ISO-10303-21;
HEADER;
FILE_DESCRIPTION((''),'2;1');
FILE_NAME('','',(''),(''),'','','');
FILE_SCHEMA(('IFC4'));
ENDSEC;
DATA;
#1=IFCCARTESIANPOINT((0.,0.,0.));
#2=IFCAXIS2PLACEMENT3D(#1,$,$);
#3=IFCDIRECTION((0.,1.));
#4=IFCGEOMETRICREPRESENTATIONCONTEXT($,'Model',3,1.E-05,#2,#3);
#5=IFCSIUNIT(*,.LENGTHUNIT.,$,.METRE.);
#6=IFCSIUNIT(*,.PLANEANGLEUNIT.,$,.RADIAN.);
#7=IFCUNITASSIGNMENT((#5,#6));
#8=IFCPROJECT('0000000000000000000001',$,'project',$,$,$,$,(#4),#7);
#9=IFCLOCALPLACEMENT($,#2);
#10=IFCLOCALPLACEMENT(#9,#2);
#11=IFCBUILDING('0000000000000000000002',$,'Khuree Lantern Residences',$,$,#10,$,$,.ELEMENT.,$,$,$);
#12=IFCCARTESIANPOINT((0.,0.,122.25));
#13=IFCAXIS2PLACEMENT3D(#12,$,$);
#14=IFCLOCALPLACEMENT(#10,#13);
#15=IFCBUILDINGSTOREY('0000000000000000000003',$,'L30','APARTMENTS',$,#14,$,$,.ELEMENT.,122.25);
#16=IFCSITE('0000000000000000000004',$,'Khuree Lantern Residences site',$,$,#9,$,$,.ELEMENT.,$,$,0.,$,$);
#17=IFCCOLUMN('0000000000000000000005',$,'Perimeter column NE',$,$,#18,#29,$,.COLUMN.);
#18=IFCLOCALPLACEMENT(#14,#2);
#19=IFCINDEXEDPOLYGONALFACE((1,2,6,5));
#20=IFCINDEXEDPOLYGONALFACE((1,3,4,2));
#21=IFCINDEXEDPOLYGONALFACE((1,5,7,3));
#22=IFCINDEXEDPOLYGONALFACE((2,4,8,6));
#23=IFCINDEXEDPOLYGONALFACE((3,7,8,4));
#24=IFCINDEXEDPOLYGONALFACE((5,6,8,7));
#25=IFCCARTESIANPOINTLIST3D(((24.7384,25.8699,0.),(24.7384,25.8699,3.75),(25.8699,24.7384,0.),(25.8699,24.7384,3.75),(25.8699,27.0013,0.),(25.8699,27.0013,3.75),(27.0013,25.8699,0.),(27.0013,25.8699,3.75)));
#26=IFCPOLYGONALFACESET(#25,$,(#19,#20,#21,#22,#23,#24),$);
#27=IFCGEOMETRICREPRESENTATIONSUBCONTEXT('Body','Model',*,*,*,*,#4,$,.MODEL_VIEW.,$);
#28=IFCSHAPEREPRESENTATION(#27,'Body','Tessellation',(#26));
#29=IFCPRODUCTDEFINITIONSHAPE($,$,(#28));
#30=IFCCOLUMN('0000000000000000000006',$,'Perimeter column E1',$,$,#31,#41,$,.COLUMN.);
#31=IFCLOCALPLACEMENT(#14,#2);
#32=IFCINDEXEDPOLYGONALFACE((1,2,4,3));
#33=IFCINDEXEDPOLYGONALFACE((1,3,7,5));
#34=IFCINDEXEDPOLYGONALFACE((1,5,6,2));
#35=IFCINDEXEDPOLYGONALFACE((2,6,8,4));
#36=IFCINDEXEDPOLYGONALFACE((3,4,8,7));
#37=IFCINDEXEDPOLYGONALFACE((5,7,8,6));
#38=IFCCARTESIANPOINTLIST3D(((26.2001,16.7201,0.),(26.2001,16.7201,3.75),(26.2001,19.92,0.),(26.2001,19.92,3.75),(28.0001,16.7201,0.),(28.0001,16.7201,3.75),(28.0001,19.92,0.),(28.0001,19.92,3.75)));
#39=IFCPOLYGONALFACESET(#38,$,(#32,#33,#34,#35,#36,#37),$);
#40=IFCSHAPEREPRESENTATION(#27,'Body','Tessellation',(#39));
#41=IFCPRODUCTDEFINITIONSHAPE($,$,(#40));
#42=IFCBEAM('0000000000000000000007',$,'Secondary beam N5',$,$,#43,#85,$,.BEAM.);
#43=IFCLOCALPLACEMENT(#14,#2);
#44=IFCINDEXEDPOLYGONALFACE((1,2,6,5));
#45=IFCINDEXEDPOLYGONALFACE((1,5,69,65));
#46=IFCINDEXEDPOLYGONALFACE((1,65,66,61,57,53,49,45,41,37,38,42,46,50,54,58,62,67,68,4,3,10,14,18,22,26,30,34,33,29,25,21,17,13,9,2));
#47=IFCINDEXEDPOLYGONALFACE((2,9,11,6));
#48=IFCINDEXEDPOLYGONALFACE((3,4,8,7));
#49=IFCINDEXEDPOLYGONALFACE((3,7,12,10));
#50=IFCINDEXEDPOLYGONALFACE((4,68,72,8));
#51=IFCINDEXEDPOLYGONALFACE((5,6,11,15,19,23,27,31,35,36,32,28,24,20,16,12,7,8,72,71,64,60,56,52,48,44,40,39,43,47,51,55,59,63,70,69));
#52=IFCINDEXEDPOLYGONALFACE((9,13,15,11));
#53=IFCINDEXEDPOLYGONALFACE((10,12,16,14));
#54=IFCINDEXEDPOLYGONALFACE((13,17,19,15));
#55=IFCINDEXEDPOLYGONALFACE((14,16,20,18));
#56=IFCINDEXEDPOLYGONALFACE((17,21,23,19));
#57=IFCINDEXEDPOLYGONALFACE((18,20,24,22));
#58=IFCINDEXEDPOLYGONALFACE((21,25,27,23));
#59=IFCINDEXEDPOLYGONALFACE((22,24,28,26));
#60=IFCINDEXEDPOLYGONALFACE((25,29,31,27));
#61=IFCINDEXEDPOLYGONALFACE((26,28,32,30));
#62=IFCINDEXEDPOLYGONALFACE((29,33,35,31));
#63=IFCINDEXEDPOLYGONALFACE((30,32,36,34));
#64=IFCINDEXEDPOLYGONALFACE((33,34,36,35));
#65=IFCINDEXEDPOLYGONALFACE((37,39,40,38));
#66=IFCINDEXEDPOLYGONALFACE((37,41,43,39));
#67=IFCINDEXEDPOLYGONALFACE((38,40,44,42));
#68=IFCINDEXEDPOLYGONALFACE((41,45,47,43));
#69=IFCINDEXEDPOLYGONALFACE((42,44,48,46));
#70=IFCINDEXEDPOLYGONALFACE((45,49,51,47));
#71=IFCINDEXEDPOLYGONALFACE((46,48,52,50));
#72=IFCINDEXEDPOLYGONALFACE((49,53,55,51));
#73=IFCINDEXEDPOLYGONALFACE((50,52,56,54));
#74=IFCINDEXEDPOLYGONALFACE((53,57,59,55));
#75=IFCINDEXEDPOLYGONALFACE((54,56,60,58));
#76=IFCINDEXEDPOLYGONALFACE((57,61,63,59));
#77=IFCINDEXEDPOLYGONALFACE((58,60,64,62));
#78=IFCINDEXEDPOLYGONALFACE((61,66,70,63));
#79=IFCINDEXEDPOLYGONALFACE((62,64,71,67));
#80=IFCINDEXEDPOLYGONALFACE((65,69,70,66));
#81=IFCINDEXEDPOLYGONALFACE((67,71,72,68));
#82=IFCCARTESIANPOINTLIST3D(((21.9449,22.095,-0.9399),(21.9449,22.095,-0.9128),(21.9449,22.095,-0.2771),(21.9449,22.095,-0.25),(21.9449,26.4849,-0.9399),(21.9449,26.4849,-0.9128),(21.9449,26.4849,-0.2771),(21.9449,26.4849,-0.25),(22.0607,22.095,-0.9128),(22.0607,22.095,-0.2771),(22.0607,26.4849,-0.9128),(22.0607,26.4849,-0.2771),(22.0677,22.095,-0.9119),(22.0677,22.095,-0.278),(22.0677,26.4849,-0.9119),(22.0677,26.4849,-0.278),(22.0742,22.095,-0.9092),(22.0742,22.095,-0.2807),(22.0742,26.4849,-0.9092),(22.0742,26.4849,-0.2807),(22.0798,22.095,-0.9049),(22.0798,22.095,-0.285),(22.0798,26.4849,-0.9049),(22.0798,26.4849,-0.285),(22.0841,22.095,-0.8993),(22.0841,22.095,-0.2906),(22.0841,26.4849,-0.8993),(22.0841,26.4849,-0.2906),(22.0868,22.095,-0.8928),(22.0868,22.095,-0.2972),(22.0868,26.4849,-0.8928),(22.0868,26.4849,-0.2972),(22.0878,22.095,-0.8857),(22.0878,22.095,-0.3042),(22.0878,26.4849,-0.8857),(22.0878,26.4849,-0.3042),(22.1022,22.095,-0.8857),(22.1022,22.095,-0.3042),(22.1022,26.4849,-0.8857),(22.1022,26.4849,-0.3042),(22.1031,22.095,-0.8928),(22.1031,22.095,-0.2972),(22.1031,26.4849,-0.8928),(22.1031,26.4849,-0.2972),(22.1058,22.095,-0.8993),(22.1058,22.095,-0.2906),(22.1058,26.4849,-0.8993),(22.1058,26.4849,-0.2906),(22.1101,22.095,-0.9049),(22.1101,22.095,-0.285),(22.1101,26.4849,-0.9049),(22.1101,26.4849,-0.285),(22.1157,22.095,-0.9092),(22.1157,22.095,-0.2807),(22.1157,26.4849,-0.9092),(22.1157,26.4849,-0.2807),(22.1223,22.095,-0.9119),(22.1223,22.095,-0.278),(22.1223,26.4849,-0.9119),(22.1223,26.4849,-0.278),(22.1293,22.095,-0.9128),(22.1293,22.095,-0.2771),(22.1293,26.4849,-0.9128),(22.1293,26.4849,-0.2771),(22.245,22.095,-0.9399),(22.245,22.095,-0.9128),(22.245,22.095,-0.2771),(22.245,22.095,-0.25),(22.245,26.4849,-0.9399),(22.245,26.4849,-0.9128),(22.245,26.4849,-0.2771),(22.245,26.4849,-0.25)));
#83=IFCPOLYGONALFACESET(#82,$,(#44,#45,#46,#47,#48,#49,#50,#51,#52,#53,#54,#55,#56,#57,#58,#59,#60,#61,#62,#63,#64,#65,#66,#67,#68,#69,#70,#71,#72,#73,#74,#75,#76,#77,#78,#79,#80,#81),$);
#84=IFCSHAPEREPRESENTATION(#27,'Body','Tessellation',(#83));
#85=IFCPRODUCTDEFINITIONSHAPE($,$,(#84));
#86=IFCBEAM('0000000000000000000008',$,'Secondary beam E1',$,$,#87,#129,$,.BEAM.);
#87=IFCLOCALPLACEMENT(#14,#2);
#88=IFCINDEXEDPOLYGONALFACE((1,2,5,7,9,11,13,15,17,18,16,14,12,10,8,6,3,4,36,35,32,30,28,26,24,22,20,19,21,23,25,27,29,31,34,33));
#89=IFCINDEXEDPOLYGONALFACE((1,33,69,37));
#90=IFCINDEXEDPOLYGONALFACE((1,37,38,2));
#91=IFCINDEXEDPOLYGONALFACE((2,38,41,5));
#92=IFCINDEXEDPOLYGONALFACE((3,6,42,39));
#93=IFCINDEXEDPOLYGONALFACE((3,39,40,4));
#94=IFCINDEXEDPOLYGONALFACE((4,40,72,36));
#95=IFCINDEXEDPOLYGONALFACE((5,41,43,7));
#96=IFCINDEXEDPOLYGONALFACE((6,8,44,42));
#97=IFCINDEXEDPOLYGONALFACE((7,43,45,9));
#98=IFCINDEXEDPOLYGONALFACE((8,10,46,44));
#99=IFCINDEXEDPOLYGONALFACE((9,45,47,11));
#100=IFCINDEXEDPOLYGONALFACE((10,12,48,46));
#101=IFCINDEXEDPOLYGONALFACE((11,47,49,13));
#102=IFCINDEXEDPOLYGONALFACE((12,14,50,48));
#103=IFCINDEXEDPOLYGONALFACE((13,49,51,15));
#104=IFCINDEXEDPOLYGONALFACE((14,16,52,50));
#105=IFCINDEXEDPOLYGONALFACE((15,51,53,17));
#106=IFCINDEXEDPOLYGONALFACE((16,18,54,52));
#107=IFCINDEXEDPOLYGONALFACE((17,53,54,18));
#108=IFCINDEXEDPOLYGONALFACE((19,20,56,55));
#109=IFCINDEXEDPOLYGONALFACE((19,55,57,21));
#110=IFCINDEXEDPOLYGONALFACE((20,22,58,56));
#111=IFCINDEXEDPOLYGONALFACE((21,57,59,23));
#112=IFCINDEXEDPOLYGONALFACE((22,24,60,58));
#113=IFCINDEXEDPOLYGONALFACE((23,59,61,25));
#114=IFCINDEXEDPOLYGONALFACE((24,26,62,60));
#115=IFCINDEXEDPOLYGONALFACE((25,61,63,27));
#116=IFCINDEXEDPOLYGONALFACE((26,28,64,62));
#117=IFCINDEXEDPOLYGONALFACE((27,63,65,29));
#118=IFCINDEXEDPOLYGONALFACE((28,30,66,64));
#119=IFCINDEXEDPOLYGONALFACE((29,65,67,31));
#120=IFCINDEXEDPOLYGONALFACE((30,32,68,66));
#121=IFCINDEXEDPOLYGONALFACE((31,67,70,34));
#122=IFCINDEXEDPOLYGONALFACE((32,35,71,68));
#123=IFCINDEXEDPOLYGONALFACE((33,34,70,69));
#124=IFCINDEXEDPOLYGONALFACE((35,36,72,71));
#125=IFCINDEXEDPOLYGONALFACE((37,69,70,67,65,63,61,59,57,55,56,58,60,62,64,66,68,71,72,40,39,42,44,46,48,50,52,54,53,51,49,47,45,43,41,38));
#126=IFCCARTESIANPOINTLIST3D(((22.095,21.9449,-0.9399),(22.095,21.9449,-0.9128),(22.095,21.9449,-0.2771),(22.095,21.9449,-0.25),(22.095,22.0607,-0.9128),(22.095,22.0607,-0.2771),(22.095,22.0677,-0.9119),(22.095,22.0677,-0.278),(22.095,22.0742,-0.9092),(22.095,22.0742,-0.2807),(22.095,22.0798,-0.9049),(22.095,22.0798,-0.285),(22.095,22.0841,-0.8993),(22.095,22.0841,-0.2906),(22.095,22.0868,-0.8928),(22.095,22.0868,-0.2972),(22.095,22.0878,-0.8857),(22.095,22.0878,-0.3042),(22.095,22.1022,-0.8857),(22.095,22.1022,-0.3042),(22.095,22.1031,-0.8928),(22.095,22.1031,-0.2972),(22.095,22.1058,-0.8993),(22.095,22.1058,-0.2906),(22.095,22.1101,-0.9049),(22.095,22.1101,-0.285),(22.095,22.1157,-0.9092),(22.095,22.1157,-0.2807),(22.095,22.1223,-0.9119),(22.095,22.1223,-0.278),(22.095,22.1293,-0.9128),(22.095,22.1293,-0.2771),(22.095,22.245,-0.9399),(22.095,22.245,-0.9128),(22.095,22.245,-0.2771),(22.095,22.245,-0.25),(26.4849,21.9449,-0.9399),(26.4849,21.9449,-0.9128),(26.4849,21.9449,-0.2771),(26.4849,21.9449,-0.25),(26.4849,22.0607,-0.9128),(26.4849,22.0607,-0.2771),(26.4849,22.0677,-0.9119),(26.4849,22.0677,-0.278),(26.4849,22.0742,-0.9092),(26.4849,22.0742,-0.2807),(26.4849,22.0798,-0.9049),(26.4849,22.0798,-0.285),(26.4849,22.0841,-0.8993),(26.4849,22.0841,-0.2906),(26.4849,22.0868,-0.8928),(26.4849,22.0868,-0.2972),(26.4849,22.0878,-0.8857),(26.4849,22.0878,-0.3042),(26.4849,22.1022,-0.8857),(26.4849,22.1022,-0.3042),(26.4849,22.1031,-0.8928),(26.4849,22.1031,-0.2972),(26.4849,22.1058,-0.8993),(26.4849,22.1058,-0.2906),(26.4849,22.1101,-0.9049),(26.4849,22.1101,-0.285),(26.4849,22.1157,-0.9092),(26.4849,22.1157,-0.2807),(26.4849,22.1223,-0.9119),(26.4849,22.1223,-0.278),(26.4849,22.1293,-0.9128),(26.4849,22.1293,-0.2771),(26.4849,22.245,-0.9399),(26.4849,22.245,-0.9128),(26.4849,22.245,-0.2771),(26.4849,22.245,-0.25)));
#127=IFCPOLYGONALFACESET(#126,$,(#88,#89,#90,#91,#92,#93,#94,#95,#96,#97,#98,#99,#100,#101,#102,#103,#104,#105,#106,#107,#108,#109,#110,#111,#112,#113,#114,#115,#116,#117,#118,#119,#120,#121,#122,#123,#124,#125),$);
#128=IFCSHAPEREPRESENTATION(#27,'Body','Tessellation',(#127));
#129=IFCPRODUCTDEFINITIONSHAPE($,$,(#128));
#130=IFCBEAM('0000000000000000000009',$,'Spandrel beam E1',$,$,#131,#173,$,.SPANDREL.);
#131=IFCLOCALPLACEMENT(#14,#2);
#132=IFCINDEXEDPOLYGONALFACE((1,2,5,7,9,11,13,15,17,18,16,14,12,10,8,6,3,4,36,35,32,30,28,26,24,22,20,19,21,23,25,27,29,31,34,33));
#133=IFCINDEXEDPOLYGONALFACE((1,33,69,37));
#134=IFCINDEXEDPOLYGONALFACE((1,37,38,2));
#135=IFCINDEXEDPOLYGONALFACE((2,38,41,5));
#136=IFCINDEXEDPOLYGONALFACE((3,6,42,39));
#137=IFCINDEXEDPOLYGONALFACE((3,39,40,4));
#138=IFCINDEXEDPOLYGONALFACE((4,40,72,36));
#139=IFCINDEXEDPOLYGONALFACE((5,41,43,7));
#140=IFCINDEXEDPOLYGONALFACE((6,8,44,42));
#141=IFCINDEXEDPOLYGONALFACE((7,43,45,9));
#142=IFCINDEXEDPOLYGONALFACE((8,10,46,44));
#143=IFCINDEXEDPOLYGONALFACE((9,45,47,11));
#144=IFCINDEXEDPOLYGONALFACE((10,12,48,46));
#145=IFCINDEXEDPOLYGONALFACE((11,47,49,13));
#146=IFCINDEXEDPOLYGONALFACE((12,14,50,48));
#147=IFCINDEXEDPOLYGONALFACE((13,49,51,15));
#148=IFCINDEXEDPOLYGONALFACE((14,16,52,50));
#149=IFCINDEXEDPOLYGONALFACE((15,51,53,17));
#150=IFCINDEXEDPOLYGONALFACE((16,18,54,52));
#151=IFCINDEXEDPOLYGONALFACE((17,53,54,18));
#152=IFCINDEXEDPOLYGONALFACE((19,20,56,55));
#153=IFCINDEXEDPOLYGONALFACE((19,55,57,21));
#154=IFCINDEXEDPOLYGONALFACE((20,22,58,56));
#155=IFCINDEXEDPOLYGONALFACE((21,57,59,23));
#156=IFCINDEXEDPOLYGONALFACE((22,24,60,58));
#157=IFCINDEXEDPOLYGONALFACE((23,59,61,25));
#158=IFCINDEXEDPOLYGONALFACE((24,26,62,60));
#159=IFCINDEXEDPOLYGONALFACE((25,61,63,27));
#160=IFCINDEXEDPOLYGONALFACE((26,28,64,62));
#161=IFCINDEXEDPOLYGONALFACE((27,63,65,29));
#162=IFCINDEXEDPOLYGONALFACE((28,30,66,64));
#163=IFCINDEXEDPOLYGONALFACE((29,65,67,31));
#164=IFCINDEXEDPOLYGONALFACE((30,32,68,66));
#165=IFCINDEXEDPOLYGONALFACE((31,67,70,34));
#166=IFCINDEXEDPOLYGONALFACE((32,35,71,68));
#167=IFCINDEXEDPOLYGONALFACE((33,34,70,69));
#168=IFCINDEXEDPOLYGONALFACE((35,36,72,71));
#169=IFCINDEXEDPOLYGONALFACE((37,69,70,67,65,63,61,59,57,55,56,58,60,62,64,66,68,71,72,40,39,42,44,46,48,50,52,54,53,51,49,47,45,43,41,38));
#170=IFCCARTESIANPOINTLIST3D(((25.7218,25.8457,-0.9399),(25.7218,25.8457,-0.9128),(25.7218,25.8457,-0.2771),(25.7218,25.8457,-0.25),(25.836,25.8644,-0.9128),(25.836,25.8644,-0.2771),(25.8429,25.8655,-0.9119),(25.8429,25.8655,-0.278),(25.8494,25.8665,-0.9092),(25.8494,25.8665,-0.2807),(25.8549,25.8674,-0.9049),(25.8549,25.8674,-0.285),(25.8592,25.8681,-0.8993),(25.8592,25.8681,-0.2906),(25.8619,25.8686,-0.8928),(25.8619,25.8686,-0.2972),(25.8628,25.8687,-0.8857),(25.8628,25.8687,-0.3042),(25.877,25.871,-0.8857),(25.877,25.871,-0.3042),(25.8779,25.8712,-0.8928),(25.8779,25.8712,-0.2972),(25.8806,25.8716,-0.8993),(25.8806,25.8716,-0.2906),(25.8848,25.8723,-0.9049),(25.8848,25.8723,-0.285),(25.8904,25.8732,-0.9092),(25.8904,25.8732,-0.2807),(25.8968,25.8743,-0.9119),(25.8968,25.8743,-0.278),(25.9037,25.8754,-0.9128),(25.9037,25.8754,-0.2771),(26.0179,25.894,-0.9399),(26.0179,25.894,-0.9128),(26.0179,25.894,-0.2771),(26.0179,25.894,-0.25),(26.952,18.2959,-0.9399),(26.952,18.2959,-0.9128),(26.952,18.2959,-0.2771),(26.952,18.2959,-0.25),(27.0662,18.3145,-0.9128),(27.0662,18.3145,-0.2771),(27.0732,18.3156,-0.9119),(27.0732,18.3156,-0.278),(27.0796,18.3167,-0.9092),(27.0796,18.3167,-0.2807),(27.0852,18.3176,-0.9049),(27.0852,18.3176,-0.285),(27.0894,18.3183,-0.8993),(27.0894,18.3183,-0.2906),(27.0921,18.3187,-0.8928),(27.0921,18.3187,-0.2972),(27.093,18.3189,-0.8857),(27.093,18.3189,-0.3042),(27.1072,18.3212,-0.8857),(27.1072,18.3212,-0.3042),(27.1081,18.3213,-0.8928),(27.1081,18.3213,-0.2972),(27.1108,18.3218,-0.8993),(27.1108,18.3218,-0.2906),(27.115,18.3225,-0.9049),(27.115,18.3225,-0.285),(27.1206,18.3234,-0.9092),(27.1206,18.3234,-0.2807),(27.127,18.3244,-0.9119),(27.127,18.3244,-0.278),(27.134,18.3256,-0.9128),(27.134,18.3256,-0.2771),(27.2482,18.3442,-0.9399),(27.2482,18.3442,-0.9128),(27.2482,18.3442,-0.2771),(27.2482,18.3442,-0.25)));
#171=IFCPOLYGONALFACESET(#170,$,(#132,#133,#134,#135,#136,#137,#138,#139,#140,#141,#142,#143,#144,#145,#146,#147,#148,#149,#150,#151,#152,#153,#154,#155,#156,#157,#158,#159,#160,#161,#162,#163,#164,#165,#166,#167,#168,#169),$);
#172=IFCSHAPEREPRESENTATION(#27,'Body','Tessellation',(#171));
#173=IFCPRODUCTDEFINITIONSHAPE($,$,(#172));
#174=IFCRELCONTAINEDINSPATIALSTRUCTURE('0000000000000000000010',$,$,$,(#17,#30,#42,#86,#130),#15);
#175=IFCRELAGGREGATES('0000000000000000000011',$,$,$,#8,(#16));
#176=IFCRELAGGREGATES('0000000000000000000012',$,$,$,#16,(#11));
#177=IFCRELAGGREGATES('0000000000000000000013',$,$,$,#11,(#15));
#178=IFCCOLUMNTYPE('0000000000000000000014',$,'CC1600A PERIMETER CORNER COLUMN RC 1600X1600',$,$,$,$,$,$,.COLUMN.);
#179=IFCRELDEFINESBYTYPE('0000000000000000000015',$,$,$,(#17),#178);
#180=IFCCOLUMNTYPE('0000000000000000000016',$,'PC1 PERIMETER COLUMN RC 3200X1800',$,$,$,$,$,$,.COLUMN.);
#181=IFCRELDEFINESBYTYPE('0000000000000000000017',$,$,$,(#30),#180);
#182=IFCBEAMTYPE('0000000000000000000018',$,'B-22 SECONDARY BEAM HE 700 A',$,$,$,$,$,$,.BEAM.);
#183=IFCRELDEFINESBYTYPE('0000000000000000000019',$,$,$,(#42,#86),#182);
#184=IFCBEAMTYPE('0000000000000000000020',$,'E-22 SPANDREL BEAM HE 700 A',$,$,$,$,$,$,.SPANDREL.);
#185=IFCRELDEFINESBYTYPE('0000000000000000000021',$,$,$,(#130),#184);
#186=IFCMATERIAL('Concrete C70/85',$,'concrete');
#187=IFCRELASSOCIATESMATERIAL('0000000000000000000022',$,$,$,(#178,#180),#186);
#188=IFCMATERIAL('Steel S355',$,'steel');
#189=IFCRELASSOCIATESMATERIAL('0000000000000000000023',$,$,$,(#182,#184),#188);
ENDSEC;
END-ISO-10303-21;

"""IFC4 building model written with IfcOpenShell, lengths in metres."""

from ifc_helpers import new_model, si_unit, direction, frame, origin, origin_2d, place, context, subcontext, project, spatial, rectangle, i_section, extrude, material, material_profile, profile_set, type_object, element, save


model = new_model("IFC4")

# Units and contexts
model_context = context("Model", 3, precision=1e-05, world=origin(), true_north=direction((0.0, 1.0)))
body_context = subcontext(model_context, "Body", "Model", "MODEL_VIEW")
ifc_project = project(units=[si_unit("LENGTHUNIT", "METRE"), si_unit("PLANEANGLEUNIT", "RADIAN")], contexts=[model_context])

# Site, building, storey
site_placement = place(None, origin())
site = spatial("IfcSite", under=ifc_project, at=site_placement, Name="Khuree Lantern Residences site", CompositionType="ELEMENT", RefElevation=0.0)
building_placement = place(site_placement, origin())
building = spatial("IfcBuilding", under=site, at=building_placement, Name="Khuree Lantern Residences", CompositionType="ELEMENT")
storey_placement = place(building_placement, frame((0.0, 0.0, 122.25)))
storey = spatial("IfcBuildingStorey", under=building, at=storey_placement, Name="L30", Description="APARTMENTS", CompositionType="ELEMENT", Elevation=122.25)

# Columns
ifc_material_1 = material(Name="Concrete C70/85", Category="concrete")
ifc_material_profile_1 = material_profile(ifc_material_1, rectangle(XDim=1.6001, YDim=1.6001, at=origin_2d()), Name="RC 1600X1600")
ifc_profile_set_1 = profile_set([ifc_material_profile_1], Name="Concrete C70/85")
column_type_1 = type_object("IfcColumnType", Name="CC1600A PERIMETER CORNER COLUMN RC 1600X1600", PredefinedType="COLUMN", material=ifc_profile_set_1)
column_1_placement = place(storey_placement, frame((25.8699, 25.8699, 0.0), z_axis=(0.0, 0.0, 1.0), x_axis=(0.707107, -0.707107, 0.0)))
element("IfcColumn", 1, at=column_1_placement, inside=storey, type_object=column_type_1, Name="Perimeter column NE", PredefinedType="COLUMN", context=body_context, shape_type="SweptSolid", body=[
    extrude(rectangle(XDim=1.6001, YDim=1.6001, at=origin_2d()), origin(), (0.0, 0.0, 1.0), 3.75),
])
ifc_material_profile_2 = material_profile(ifc_material_1, rectangle(XDim=3.2, YDim=1.8, at=origin_2d()), Name="RC 3200X1800")
ifc_profile_set_2 = profile_set([ifc_material_profile_2], Name="Concrete C70/85")
column_type_2 = type_object("IfcColumnType", Name="PC1 PERIMETER COLUMN RC 3200X1800", PredefinedType="COLUMN", material=ifc_profile_set_2)
column_2_placement = place(storey_placement, frame((27.1001, 18.3201, 0.0), z_axis=(0.0, 0.0, 1.0), x_axis=(0.0, 1.0, 0.0)))
element("IfcColumn", 2, at=column_2_placement, inside=storey, type_object=column_type_2, Name="Perimeter column E1", PredefinedType="COLUMN", context=body_context, shape_type="SweptSolid", body=[
    extrude(rectangle(XDim=3.2, YDim=1.8, at=origin_2d()), origin(), (0.0, 0.0, 1.0), 3.75),
])

# Beams
ifc_material_2 = material(Name="Steel S355", Category="steel")
ifc_material_profile_3 = material_profile(ifc_material_2, i_section(OverallWidth=0.3, OverallDepth=0.6899, WebThickness=0.0144, FlangeThickness=0.0271, FilletRadius=0.0271, at=origin_2d()), Name="HE 700 A")
ifc_profile_set_3 = profile_set([ifc_material_profile_3], Name="Steel S355")
beam_type_1 = type_object("IfcBeamType", Name="B-22 SECONDARY BEAM HE 700 A", PredefinedType="BEAM", material=ifc_profile_set_3)
for number, where, z_axis, x_axis, name in (
    (3, (22.095, 26.4849, -0.595), (0.0, -1.0, 0.0), (1.0, 0.0, 0.0), "Secondary beam N5"),
    (4, (26.4849, 22.095, -0.595), (-1.0, 0.0, 0.0), (0.0, -1.0, 0.0), "Secondary beam E1"),
):
    element("IfcBeam", number, at=place(storey_placement, frame(where, z_axis=z_axis, x_axis=x_axis)), inside=storey, type_object=beam_type_1, Name=name, PredefinedType="BEAM", context=body_context, shape_type="SweptSolid", body=[
        extrude(i_section(OverallWidth=0.3, OverallDepth=0.6899, WebThickness=0.0144, FlangeThickness=0.0271, FilletRadius=0.0271, at=origin_2d()), origin(), (0.0, 0.0, 1.0), 4.3899),
    ])
ifc_material_profile_4 = material_profile(ifc_material_2, i_section(OverallWidth=0.3, OverallDepth=0.6899, WebThickness=0.0144, FlangeThickness=0.0271, FilletRadius=0.0271, at=origin_2d()), Name="HE 700 A")
ifc_profile_set_4 = profile_set([ifc_material_profile_4], Name="Steel S355")
beam_type_2 = type_object("IfcBeamType", Name="E-22 SPANDREL BEAM HE 700 A", PredefinedType="SPANDREL", material=ifc_profile_set_4)
beam_1_placement = place(storey_placement, frame((25.8699, 25.8699, -0.595), z_axis=(0.160827, -0.986983, 0.0), x_axis=(0.986983, 0.160827, 0.0)))
element("IfcBeam", 5, at=beam_1_placement, inside=storey, type_object=beam_type_2, Name="Spandrel beam E1", PredefinedType="SPANDREL", context=body_context, shape_type="SweptSolid", body=[
    extrude(i_section(OverallWidth=0.3, OverallDepth=0.6899, WebThickness=0.0144, FlangeThickness=0.0271, FilletRadius=0.0271, at=origin_2d()), origin(), (0.0, 0.0, 1.0), 7.6494),
])

save(model, "model.ifc")
